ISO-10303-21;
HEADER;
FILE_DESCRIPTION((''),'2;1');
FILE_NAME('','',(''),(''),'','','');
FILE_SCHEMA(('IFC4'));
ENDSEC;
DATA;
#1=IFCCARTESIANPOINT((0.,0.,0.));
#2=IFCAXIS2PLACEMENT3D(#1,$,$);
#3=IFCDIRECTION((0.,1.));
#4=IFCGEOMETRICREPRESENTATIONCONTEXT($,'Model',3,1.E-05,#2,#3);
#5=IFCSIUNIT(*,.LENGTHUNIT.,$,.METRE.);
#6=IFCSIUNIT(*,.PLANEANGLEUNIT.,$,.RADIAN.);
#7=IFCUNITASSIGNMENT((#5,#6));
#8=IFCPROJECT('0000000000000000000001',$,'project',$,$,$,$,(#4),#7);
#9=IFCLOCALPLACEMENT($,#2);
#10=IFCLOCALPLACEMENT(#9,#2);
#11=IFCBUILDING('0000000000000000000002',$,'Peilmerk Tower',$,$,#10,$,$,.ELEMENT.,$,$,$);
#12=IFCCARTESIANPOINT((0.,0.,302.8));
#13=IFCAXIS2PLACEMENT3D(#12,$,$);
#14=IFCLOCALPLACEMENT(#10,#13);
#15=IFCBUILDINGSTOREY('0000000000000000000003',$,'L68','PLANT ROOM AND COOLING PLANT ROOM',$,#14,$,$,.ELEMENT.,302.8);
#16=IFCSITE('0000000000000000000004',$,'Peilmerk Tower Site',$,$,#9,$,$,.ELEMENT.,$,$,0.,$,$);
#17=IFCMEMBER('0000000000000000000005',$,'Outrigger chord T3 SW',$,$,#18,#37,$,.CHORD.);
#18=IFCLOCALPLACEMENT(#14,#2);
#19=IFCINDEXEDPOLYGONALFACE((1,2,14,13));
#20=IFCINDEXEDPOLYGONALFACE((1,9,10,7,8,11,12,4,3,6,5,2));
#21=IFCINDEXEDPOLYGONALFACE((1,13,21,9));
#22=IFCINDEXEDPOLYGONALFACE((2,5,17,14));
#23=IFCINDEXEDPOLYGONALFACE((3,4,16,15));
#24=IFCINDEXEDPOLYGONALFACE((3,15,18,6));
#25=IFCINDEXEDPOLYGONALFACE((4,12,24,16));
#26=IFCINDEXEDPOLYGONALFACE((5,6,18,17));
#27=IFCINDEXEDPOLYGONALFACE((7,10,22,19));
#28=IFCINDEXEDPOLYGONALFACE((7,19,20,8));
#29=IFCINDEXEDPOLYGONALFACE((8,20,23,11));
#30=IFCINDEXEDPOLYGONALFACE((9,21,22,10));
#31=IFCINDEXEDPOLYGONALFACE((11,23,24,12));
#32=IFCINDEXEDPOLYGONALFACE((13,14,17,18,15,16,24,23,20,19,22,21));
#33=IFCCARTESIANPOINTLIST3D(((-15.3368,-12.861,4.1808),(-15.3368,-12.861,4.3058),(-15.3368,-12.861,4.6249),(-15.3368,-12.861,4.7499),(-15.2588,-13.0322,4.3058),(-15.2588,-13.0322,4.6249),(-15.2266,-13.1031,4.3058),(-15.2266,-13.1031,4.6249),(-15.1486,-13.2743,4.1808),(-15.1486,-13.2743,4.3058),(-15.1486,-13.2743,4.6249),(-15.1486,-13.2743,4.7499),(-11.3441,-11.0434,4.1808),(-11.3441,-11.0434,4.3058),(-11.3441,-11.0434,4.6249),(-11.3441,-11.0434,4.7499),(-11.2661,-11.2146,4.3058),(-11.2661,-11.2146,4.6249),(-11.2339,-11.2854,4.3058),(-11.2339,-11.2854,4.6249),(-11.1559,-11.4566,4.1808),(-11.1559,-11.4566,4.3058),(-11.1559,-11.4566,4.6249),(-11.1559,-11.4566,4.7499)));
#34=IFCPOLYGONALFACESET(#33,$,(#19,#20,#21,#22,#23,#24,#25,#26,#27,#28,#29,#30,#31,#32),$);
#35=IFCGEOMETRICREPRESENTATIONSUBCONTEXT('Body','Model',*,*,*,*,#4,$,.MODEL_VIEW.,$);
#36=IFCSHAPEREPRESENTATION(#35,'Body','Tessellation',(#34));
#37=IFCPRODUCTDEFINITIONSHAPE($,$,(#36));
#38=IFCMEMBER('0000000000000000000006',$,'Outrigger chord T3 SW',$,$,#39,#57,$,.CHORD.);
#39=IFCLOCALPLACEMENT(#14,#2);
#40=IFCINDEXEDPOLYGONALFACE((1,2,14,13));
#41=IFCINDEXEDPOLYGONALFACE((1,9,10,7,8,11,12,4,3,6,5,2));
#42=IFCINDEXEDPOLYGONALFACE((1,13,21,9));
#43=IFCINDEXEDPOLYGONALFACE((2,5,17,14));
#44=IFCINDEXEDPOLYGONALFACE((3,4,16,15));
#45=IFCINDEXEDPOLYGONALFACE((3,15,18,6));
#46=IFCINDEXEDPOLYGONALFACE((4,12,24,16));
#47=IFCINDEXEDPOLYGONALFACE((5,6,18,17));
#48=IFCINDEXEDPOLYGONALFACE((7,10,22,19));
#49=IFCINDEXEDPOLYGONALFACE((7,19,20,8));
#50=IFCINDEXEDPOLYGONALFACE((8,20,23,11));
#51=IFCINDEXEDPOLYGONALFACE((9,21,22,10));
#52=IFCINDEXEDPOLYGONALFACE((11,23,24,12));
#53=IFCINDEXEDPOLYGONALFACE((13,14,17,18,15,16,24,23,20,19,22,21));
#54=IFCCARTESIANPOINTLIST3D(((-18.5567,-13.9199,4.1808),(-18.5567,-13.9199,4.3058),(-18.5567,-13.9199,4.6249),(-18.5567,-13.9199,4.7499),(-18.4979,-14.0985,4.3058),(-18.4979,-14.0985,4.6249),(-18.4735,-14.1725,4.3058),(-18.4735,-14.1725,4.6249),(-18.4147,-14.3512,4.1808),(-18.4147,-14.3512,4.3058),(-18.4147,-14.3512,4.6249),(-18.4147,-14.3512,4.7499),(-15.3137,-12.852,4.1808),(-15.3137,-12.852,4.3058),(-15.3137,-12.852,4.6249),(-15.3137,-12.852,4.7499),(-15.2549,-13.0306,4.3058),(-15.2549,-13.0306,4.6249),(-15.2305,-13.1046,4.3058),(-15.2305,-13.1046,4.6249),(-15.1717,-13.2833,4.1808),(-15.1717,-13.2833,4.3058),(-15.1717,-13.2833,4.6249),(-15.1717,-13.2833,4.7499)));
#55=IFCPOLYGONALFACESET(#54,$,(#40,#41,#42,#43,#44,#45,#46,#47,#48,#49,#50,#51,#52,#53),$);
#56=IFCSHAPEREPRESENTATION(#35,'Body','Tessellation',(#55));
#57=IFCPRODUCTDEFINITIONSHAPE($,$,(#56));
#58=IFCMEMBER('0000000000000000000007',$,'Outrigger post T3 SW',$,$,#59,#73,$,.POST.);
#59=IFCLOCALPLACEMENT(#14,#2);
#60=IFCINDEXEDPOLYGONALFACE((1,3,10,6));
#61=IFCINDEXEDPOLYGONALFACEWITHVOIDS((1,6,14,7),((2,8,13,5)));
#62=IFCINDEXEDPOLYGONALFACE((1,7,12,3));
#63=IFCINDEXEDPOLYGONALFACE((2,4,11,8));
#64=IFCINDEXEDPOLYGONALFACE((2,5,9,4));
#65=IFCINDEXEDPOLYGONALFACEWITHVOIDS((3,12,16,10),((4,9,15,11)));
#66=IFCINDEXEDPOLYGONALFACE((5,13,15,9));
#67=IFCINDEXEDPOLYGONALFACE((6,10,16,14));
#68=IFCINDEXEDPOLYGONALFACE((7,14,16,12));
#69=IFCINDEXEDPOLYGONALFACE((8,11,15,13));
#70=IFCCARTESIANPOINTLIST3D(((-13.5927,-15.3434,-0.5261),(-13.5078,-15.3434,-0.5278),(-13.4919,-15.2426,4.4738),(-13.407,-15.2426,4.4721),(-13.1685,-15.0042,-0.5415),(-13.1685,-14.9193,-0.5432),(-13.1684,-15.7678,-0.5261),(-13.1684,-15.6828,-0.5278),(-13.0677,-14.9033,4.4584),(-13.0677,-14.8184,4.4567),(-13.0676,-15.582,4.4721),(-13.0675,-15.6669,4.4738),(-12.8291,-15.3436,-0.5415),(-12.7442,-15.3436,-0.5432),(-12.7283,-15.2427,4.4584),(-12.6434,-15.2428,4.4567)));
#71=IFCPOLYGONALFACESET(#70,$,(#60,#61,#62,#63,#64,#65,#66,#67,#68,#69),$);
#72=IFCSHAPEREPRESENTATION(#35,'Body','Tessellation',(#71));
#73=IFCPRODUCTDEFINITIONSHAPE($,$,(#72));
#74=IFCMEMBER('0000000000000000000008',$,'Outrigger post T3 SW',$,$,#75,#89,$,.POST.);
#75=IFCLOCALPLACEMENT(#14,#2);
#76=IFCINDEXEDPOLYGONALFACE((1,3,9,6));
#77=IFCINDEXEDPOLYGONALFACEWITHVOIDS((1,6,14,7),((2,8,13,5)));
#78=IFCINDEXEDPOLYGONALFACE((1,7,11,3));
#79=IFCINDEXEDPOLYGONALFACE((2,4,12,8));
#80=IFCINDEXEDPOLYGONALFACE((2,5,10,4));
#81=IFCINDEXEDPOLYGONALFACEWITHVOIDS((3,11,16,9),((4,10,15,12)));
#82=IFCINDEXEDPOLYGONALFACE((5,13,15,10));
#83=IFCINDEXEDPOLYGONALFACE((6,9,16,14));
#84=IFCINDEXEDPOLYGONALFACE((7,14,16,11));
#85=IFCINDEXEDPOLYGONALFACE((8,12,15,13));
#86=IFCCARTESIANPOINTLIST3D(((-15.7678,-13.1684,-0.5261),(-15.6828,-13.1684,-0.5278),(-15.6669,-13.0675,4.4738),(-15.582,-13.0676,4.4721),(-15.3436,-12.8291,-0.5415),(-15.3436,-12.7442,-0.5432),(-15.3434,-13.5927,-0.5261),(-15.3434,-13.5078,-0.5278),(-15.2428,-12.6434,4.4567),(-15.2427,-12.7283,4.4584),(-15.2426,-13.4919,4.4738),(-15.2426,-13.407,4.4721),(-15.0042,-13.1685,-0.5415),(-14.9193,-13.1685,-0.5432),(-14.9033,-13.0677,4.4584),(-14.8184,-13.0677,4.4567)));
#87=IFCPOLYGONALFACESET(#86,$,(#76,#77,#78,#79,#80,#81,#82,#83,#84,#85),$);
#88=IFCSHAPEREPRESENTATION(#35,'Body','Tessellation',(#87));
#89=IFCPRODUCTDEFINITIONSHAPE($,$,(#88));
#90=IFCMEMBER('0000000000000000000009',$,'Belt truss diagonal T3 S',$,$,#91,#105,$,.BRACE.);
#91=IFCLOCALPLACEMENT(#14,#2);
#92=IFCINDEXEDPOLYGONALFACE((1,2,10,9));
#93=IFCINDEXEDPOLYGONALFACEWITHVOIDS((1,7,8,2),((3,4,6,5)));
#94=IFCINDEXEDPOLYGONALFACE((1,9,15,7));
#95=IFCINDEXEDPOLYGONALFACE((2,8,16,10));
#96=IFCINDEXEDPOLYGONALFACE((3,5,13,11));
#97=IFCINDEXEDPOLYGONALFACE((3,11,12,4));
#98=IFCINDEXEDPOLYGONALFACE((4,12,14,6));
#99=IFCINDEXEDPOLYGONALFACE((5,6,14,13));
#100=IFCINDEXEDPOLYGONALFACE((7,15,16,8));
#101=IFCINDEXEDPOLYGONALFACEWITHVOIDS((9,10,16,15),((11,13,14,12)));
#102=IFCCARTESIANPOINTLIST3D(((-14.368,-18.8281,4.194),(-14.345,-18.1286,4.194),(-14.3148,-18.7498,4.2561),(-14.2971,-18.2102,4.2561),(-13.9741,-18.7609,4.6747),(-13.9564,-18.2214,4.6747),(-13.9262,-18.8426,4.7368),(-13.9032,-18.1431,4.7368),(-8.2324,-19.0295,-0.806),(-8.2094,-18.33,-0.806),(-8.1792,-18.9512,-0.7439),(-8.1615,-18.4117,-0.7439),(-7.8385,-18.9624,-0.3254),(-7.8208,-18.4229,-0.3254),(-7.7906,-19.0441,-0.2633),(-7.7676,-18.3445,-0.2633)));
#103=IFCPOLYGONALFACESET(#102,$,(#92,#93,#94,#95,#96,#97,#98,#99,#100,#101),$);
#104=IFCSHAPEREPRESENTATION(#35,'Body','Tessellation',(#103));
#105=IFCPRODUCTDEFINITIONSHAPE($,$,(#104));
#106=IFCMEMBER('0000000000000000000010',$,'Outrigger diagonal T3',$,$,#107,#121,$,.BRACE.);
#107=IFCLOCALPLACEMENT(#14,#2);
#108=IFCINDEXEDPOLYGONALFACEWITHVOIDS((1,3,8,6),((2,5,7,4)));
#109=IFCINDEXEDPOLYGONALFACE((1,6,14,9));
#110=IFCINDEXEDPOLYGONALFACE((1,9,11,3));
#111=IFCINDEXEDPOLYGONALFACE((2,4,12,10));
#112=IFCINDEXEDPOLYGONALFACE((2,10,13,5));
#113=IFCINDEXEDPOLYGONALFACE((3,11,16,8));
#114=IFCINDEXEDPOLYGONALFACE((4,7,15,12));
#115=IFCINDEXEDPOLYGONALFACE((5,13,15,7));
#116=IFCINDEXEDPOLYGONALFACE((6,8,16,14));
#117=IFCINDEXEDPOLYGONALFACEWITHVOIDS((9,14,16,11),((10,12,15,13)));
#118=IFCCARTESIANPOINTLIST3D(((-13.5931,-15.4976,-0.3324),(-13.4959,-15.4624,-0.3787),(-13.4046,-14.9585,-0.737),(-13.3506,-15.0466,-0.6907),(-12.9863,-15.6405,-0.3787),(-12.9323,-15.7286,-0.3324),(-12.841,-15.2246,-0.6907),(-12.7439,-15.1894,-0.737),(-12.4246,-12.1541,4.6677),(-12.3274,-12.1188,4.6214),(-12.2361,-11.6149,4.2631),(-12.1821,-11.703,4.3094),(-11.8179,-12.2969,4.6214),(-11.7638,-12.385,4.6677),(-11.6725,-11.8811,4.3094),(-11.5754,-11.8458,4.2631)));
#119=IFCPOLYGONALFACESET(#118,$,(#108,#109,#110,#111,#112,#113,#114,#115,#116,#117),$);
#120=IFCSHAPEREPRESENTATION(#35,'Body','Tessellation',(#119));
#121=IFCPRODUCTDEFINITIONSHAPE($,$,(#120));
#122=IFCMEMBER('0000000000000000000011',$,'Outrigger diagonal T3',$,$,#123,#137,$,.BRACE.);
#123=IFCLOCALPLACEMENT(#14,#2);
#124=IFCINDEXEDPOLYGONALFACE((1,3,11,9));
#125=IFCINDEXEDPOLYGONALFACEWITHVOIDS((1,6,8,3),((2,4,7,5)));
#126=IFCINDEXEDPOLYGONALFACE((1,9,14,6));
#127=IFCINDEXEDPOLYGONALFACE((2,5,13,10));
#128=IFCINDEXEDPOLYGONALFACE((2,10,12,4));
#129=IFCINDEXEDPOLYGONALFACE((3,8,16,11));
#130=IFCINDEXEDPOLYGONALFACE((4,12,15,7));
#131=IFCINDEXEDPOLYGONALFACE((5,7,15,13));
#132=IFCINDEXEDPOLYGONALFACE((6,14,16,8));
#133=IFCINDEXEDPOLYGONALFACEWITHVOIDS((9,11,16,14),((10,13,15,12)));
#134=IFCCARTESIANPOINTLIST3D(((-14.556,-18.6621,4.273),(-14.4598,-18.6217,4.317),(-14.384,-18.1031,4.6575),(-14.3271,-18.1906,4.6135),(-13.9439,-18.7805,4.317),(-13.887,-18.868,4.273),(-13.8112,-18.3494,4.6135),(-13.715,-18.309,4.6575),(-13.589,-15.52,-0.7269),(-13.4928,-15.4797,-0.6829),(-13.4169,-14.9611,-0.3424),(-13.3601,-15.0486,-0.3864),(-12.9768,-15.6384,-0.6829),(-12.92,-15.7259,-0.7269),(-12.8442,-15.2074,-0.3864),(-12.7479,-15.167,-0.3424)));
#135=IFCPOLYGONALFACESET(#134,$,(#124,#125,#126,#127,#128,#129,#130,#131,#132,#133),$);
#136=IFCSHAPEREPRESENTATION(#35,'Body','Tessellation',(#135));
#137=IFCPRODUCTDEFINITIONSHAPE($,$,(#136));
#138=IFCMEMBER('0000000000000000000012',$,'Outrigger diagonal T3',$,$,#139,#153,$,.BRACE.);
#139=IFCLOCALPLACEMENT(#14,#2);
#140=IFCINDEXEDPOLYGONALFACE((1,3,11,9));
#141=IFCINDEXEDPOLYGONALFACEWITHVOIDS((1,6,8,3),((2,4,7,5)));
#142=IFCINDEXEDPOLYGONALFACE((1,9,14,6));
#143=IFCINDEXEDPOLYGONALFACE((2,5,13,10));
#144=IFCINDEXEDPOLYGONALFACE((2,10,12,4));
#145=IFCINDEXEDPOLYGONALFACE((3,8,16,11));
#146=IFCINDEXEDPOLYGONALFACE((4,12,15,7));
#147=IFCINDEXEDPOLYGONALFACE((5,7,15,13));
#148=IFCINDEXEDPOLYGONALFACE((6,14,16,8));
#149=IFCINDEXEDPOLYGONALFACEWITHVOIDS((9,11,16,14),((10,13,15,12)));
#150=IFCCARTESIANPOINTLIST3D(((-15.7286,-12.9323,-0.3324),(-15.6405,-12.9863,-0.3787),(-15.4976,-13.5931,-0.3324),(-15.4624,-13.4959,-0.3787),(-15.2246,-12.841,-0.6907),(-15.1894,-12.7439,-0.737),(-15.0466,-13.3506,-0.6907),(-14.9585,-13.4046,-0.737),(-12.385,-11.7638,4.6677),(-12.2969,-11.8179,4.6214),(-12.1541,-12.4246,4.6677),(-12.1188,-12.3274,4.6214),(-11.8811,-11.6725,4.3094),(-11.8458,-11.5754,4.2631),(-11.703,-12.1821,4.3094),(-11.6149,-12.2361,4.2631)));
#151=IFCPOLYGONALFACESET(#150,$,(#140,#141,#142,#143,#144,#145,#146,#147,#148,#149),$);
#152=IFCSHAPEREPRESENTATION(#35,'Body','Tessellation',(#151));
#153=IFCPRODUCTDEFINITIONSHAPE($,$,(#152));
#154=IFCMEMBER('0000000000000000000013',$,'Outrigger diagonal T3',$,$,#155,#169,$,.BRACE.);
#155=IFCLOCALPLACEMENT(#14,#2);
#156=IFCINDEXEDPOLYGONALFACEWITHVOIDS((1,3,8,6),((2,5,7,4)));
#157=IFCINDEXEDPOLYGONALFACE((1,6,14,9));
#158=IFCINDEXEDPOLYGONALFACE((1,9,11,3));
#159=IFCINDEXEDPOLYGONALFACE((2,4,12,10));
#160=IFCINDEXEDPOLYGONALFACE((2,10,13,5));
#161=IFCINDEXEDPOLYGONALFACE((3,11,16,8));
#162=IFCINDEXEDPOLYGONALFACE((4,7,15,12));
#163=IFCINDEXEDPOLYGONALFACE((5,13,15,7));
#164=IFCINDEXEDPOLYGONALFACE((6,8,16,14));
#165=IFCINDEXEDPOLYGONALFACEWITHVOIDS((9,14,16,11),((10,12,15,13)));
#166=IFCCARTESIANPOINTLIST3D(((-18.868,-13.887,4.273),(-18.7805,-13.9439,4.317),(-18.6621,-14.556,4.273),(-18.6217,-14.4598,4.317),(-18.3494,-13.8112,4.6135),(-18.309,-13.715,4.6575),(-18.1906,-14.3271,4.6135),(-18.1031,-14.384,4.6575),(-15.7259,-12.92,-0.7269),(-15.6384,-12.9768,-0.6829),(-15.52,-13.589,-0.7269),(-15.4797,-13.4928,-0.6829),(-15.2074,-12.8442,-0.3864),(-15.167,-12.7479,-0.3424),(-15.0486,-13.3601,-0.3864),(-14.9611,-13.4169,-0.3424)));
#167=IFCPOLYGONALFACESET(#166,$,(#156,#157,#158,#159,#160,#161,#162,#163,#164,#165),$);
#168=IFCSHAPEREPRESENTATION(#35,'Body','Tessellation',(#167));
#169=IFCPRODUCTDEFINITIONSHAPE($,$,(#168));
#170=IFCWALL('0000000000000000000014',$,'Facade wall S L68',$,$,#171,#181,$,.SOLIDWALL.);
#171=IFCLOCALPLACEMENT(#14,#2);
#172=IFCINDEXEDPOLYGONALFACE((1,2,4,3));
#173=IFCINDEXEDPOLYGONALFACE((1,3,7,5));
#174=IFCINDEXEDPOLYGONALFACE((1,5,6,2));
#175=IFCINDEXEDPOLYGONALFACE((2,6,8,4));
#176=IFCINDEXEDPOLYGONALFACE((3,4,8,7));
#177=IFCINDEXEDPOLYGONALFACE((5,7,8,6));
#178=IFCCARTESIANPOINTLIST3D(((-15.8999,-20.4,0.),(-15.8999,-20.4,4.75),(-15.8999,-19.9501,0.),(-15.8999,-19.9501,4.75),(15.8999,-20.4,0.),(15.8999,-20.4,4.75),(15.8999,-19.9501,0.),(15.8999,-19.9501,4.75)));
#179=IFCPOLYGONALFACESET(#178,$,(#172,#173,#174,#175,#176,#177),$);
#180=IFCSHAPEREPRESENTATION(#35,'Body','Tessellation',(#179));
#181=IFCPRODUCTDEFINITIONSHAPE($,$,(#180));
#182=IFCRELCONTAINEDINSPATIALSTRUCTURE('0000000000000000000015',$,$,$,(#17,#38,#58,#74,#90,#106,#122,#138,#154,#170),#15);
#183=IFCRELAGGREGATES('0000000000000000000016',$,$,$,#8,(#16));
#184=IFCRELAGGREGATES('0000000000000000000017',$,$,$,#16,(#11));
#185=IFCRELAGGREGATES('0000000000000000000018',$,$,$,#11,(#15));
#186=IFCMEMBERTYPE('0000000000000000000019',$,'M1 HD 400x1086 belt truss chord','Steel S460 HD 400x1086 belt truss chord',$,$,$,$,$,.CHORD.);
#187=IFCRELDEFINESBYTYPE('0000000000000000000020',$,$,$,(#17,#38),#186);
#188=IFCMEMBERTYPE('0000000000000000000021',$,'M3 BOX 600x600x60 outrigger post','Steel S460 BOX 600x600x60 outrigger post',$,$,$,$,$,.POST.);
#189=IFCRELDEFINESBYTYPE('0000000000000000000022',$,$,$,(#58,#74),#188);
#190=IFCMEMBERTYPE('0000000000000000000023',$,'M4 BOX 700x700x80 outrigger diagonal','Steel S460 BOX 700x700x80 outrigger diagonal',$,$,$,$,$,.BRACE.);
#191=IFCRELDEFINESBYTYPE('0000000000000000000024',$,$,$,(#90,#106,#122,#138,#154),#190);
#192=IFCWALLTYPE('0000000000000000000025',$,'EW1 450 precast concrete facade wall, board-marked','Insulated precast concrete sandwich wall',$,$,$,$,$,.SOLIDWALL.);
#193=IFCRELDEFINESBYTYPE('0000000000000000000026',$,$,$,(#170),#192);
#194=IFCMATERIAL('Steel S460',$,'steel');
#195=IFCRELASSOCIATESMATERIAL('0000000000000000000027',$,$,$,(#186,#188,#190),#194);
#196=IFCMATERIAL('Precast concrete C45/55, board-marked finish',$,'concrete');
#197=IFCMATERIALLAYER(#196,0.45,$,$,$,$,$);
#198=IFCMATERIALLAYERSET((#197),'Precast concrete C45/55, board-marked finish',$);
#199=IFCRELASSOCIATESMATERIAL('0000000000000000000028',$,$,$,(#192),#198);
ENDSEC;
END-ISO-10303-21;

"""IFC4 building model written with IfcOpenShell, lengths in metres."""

from ifc_helpers import new_model, si_unit, direction, frame, frame_2d, origin, origin_2d, place, context, subcontext, project, spatial, rectangle, hollow_rectangle, i_section, extrude, material, layer, layer_set, material_profile, profile_set, type_object, element, save


model = new_model("IFC4")

# Units and contexts
model_context = context("Model", 3, precision=1e-05, world=origin(), true_north=direction((0.0, 1.0)))
body_context = subcontext(model_context, "Body", "Model", "MODEL_VIEW")
ifc_project = project(units=[si_unit("LENGTHUNIT", "METRE"), si_unit("PLANEANGLEUNIT", "RADIAN")], contexts=[model_context])

# Site, building, storey
site_placement = place(None, origin())
site = spatial("IfcSite", under=ifc_project, at=site_placement, Name="Peilmerk Tower Site", CompositionType="ELEMENT", RefElevation=0.0)
building_placement = place(site_placement, origin())
building = spatial("IfcBuilding", under=site, at=building_placement, Name="Peilmerk Tower", CompositionType="ELEMENT")
storey_placement = place(building_placement, frame((0.0, 0.0, 302.8)))
storey = spatial("IfcBuildingStorey", under=building, at=storey_placement, Name="L68", Description="PLANT ROOM AND COOLING PLANT ROOM", CompositionType="ELEMENT", Elevation=302.8)

# Shared definitions
ifc_material_1 = material(Name="Steel S460", Category="steel")

# Members
ifc_material_profile_1 = material_profile(ifc_material_1, i_section(OverallWidth=0.4541, OverallDepth=0.5691, WebThickness=0.0779, FlangeThickness=0.125, at=origin_2d()), Name="HD 400x1086")
ifc_profile_set_1 = profile_set([ifc_material_profile_1], Name="Steel S460")
member_type_1 = type_object("IfcMemberType", Name="M1 HD 400x1086 belt truss chord", Description="Steel S460 HD 400x1086 belt truss chord", PredefinedType="CHORD", material=ifc_profile_set_1)
member_1_placement = place(storey_placement, frame((-11.25, -11.25, 4.4653), z_axis=(-0.910128, -0.414327, 0.0), x_axis=(0.414327, -0.910128, 0.0)))
element("IfcMember", 1, at=member_1_placement, inside=storey, type_object=member_type_1, Name="Outrigger chord T3 SW", PredefinedType="CHORD", context=body_context, shape_type="SweptSolid", body=[
    extrude(i_section(OverallWidth=0.4541, OverallDepth=0.5691, WebThickness=0.0779, FlangeThickness=0.125, at=origin_2d()), origin(), (0.0, 0.0, 1.0), 4.387),
])
member_2_placement = place(storey_placement, frame((-15.2427, -13.0676, 4.4653), z_axis=(-0.949828, -0.312772, 0.0), x_axis=(0.312772, -0.949828, 0.0)))
element("IfcMember", 2, at=member_2_placement, inside=storey, type_object=member_type_1, Name="Outrigger chord T3 SW", PredefinedType="CHORD", context=body_context, shape_type="SweptSolid", body=[
    extrude(i_section(OverallWidth=0.4541, OverallDepth=0.5691, WebThickness=0.0779, FlangeThickness=0.125, at=origin_2d()), origin(), (0.0, 0.0, 1.0), 3.4143),
])
ifc_material_profile_2 = material_profile(ifc_material_1, hollow_rectangle(XDim=0.6001, YDim=0.6001, WallThickness=0.0601, at=origin_2d()), Name="BOX 600x600x60")
ifc_profile_set_2 = profile_set([ifc_material_profile_2], Name="Steel S460")
member_type_2 = type_object("IfcMemberType", Name="M3 BOX 600x600x60 outrigger post", Description="Steel S460 BOX 600x600x60 outrigger post", PredefinedType="POST", material=ifc_profile_set_2)
for number, where, z_axis, x_axis, name in (
    (3, (-13.1685, -15.3435, -0.5347), (0.020158, 0.020158, 0.999594), (-0.707107, 0.707107, 0.0), "Outrigger post T3 SW"),
    (4, (-15.3435, -13.1685, -0.5347), (0.020158, 0.020158, 0.999594), (-0.707107, 0.707107, 0.0), "Outrigger post T3 SW"),
):
    element("IfcMember", number, at=place(storey_placement, frame(where, z_axis=z_axis, x_axis=x_axis)), inside=storey, type_object=member_type_2, Name=name, PredefinedType="POST", context=body_context, shape_type="SweptSolid", body=[
        extrude(hollow_rectangle(XDim=0.6001, YDim=0.6001, WallThickness=0.0601, at=origin_2d()), origin(), (0.0, 0.0, 1.0), 5.002),
    ])
ifc_material_profile_3 = material_profile(ifc_material_1, hollow_rectangle(XDim=0.7, YDim=0.7, WallThickness=0.0801, at=origin_2d()), Name="BOX 700x700x80")
ifc_profile_set_3 = profile_set([ifc_material_profile_3], Name="Steel S460")
member_type_3 = type_object("IfcMemberType", Name="M4 BOX 700x700x80 outrigger diagonal", Description="Steel S460 BOX 700x700x80 outrigger diagonal", PredefinedType="BRACE", material=ifc_profile_set_3)
member_3_placement = place(storey_placement, frame((-8.0, -18.687, -0.5347), z_axis=(-0.77494, 0.02544, 0.631522), x_axis=(-0.03281, -0.999462, 0.0)))
element("IfcMember", 5, at=member_3_placement, inside=storey, type_object=member_type_3, Name="Belt truss diagonal T3 S", PredefinedType="BRACE", context=body_context, shape_type="SweptSolid", body=[
    extrude(hollow_rectangle(XDim=0.7, YDim=0.7, WallThickness=0.0801, at=origin_2d()), origin(), (0.0, 0.0, 1.0), 7.9175),
])
member_4_placement = place(storey_placement, frame((-13.1685, -15.3435, -0.5347), z_axis=(0.190696, 0.54567, 0.816014), x_axis=(-0.944014, 0.329905, 0.0)))
element("IfcMember", 6, at=member_4_placement, inside=storey, type_object=member_type_3, Name="Outrigger diagonal T3", PredefinedType="BRACE", context=body_context, shape_type="SweptSolid", body=[
    extrude(hollow_rectangle(XDim=0.7, YDim=0.7, WallThickness=0.0801, at=origin_2d()), origin(), (0.0, 0.0, 1.0), 6.1274),
])
member_5_placement = place(storey_placement, frame((-13.1685, -15.3435, -0.5347), z_axis=(-0.161605, -0.525084, 0.835566), x_axis=(0.955758, -0.294154, 0.0)))
element("IfcMember", 7, at=member_5_placement, inside=storey, type_object=member_type_3, Name="Outrigger diagonal T3", PredefinedType="BRACE", context=body_context, shape_type="SweptSolid", body=[
    extrude(hollow_rectangle(XDim=0.7, YDim=0.7, WallThickness=0.0801, at=origin_2d()), origin(), (0.0, 0.0, 1.0), 5.9839),
])
member_6_placement = place(storey_placement, frame((-15.3435, -13.1685, -0.5347), z_axis=(0.54567, 0.190696, 0.816014), x_axis=(-0.329905, 0.944014, 0.0)))
element("IfcMember", 8, at=member_6_placement, inside=storey, type_object=member_type_3, Name="Outrigger diagonal T3", PredefinedType="BRACE", context=body_context, shape_type="SweptSolid", body=[
    extrude(hollow_rectangle(XDim=0.7, YDim=0.7, WallThickness=0.0801, at=origin_2d()), origin(), (0.0, 0.0, 1.0), 6.1274),
])
member_7_placement = place(storey_placement, frame((-15.3435, -13.1685, -0.5347), z_axis=(-0.525084, -0.161605, 0.835566), x_axis=(0.294154, -0.955758, 0.0)))
element("IfcMember", 9, at=member_7_placement, inside=storey, type_object=member_type_3, Name="Outrigger diagonal T3", PredefinedType="BRACE", context=body_context, shape_type="SweptSolid", body=[
    extrude(hollow_rectangle(XDim=0.7, YDim=0.7, WallThickness=0.0801, at=origin_2d()), origin(), (0.0, 0.0, 1.0), 5.9839),
])

# Wall
ifc_material_2 = material(Name="Precast concrete C45/55, board-marked finish", Category="concrete")
ifc_layer_1 = layer(ifc_material_2, 0.45)
ifc_layer_set_1 = layer_set([ifc_layer_1], Name="Precast concrete C45/55, board-marked finish")
wall_type_1 = type_object("IfcWallType", Name="EW1 450 precast concrete facade wall, board-marked", Description="Insulated precast concrete sandwich wall", PredefinedType="SOLIDWALL", material=ifc_layer_set_1)
wall_1_placement = place(storey_placement, frame((-15.8999, -20.175, 0.0), z_axis=(0.0, 0.0, 1.0), x_axis=(1.0, 0.0, 0.0)))
element("IfcWall", 10, at=wall_1_placement, inside=storey, type_object=wall_type_1, Name="Facade wall S L68", PredefinedType="SOLIDWALL", context=body_context, shape_type="SweptSolid", body=[
    extrude(rectangle(XDim=31.7998, YDim=0.45, at=frame_2d((15.8999, 0.0))), origin(), (0.0, 0.0, 1.0), 4.75),
])

save(model, "model.ifc")
